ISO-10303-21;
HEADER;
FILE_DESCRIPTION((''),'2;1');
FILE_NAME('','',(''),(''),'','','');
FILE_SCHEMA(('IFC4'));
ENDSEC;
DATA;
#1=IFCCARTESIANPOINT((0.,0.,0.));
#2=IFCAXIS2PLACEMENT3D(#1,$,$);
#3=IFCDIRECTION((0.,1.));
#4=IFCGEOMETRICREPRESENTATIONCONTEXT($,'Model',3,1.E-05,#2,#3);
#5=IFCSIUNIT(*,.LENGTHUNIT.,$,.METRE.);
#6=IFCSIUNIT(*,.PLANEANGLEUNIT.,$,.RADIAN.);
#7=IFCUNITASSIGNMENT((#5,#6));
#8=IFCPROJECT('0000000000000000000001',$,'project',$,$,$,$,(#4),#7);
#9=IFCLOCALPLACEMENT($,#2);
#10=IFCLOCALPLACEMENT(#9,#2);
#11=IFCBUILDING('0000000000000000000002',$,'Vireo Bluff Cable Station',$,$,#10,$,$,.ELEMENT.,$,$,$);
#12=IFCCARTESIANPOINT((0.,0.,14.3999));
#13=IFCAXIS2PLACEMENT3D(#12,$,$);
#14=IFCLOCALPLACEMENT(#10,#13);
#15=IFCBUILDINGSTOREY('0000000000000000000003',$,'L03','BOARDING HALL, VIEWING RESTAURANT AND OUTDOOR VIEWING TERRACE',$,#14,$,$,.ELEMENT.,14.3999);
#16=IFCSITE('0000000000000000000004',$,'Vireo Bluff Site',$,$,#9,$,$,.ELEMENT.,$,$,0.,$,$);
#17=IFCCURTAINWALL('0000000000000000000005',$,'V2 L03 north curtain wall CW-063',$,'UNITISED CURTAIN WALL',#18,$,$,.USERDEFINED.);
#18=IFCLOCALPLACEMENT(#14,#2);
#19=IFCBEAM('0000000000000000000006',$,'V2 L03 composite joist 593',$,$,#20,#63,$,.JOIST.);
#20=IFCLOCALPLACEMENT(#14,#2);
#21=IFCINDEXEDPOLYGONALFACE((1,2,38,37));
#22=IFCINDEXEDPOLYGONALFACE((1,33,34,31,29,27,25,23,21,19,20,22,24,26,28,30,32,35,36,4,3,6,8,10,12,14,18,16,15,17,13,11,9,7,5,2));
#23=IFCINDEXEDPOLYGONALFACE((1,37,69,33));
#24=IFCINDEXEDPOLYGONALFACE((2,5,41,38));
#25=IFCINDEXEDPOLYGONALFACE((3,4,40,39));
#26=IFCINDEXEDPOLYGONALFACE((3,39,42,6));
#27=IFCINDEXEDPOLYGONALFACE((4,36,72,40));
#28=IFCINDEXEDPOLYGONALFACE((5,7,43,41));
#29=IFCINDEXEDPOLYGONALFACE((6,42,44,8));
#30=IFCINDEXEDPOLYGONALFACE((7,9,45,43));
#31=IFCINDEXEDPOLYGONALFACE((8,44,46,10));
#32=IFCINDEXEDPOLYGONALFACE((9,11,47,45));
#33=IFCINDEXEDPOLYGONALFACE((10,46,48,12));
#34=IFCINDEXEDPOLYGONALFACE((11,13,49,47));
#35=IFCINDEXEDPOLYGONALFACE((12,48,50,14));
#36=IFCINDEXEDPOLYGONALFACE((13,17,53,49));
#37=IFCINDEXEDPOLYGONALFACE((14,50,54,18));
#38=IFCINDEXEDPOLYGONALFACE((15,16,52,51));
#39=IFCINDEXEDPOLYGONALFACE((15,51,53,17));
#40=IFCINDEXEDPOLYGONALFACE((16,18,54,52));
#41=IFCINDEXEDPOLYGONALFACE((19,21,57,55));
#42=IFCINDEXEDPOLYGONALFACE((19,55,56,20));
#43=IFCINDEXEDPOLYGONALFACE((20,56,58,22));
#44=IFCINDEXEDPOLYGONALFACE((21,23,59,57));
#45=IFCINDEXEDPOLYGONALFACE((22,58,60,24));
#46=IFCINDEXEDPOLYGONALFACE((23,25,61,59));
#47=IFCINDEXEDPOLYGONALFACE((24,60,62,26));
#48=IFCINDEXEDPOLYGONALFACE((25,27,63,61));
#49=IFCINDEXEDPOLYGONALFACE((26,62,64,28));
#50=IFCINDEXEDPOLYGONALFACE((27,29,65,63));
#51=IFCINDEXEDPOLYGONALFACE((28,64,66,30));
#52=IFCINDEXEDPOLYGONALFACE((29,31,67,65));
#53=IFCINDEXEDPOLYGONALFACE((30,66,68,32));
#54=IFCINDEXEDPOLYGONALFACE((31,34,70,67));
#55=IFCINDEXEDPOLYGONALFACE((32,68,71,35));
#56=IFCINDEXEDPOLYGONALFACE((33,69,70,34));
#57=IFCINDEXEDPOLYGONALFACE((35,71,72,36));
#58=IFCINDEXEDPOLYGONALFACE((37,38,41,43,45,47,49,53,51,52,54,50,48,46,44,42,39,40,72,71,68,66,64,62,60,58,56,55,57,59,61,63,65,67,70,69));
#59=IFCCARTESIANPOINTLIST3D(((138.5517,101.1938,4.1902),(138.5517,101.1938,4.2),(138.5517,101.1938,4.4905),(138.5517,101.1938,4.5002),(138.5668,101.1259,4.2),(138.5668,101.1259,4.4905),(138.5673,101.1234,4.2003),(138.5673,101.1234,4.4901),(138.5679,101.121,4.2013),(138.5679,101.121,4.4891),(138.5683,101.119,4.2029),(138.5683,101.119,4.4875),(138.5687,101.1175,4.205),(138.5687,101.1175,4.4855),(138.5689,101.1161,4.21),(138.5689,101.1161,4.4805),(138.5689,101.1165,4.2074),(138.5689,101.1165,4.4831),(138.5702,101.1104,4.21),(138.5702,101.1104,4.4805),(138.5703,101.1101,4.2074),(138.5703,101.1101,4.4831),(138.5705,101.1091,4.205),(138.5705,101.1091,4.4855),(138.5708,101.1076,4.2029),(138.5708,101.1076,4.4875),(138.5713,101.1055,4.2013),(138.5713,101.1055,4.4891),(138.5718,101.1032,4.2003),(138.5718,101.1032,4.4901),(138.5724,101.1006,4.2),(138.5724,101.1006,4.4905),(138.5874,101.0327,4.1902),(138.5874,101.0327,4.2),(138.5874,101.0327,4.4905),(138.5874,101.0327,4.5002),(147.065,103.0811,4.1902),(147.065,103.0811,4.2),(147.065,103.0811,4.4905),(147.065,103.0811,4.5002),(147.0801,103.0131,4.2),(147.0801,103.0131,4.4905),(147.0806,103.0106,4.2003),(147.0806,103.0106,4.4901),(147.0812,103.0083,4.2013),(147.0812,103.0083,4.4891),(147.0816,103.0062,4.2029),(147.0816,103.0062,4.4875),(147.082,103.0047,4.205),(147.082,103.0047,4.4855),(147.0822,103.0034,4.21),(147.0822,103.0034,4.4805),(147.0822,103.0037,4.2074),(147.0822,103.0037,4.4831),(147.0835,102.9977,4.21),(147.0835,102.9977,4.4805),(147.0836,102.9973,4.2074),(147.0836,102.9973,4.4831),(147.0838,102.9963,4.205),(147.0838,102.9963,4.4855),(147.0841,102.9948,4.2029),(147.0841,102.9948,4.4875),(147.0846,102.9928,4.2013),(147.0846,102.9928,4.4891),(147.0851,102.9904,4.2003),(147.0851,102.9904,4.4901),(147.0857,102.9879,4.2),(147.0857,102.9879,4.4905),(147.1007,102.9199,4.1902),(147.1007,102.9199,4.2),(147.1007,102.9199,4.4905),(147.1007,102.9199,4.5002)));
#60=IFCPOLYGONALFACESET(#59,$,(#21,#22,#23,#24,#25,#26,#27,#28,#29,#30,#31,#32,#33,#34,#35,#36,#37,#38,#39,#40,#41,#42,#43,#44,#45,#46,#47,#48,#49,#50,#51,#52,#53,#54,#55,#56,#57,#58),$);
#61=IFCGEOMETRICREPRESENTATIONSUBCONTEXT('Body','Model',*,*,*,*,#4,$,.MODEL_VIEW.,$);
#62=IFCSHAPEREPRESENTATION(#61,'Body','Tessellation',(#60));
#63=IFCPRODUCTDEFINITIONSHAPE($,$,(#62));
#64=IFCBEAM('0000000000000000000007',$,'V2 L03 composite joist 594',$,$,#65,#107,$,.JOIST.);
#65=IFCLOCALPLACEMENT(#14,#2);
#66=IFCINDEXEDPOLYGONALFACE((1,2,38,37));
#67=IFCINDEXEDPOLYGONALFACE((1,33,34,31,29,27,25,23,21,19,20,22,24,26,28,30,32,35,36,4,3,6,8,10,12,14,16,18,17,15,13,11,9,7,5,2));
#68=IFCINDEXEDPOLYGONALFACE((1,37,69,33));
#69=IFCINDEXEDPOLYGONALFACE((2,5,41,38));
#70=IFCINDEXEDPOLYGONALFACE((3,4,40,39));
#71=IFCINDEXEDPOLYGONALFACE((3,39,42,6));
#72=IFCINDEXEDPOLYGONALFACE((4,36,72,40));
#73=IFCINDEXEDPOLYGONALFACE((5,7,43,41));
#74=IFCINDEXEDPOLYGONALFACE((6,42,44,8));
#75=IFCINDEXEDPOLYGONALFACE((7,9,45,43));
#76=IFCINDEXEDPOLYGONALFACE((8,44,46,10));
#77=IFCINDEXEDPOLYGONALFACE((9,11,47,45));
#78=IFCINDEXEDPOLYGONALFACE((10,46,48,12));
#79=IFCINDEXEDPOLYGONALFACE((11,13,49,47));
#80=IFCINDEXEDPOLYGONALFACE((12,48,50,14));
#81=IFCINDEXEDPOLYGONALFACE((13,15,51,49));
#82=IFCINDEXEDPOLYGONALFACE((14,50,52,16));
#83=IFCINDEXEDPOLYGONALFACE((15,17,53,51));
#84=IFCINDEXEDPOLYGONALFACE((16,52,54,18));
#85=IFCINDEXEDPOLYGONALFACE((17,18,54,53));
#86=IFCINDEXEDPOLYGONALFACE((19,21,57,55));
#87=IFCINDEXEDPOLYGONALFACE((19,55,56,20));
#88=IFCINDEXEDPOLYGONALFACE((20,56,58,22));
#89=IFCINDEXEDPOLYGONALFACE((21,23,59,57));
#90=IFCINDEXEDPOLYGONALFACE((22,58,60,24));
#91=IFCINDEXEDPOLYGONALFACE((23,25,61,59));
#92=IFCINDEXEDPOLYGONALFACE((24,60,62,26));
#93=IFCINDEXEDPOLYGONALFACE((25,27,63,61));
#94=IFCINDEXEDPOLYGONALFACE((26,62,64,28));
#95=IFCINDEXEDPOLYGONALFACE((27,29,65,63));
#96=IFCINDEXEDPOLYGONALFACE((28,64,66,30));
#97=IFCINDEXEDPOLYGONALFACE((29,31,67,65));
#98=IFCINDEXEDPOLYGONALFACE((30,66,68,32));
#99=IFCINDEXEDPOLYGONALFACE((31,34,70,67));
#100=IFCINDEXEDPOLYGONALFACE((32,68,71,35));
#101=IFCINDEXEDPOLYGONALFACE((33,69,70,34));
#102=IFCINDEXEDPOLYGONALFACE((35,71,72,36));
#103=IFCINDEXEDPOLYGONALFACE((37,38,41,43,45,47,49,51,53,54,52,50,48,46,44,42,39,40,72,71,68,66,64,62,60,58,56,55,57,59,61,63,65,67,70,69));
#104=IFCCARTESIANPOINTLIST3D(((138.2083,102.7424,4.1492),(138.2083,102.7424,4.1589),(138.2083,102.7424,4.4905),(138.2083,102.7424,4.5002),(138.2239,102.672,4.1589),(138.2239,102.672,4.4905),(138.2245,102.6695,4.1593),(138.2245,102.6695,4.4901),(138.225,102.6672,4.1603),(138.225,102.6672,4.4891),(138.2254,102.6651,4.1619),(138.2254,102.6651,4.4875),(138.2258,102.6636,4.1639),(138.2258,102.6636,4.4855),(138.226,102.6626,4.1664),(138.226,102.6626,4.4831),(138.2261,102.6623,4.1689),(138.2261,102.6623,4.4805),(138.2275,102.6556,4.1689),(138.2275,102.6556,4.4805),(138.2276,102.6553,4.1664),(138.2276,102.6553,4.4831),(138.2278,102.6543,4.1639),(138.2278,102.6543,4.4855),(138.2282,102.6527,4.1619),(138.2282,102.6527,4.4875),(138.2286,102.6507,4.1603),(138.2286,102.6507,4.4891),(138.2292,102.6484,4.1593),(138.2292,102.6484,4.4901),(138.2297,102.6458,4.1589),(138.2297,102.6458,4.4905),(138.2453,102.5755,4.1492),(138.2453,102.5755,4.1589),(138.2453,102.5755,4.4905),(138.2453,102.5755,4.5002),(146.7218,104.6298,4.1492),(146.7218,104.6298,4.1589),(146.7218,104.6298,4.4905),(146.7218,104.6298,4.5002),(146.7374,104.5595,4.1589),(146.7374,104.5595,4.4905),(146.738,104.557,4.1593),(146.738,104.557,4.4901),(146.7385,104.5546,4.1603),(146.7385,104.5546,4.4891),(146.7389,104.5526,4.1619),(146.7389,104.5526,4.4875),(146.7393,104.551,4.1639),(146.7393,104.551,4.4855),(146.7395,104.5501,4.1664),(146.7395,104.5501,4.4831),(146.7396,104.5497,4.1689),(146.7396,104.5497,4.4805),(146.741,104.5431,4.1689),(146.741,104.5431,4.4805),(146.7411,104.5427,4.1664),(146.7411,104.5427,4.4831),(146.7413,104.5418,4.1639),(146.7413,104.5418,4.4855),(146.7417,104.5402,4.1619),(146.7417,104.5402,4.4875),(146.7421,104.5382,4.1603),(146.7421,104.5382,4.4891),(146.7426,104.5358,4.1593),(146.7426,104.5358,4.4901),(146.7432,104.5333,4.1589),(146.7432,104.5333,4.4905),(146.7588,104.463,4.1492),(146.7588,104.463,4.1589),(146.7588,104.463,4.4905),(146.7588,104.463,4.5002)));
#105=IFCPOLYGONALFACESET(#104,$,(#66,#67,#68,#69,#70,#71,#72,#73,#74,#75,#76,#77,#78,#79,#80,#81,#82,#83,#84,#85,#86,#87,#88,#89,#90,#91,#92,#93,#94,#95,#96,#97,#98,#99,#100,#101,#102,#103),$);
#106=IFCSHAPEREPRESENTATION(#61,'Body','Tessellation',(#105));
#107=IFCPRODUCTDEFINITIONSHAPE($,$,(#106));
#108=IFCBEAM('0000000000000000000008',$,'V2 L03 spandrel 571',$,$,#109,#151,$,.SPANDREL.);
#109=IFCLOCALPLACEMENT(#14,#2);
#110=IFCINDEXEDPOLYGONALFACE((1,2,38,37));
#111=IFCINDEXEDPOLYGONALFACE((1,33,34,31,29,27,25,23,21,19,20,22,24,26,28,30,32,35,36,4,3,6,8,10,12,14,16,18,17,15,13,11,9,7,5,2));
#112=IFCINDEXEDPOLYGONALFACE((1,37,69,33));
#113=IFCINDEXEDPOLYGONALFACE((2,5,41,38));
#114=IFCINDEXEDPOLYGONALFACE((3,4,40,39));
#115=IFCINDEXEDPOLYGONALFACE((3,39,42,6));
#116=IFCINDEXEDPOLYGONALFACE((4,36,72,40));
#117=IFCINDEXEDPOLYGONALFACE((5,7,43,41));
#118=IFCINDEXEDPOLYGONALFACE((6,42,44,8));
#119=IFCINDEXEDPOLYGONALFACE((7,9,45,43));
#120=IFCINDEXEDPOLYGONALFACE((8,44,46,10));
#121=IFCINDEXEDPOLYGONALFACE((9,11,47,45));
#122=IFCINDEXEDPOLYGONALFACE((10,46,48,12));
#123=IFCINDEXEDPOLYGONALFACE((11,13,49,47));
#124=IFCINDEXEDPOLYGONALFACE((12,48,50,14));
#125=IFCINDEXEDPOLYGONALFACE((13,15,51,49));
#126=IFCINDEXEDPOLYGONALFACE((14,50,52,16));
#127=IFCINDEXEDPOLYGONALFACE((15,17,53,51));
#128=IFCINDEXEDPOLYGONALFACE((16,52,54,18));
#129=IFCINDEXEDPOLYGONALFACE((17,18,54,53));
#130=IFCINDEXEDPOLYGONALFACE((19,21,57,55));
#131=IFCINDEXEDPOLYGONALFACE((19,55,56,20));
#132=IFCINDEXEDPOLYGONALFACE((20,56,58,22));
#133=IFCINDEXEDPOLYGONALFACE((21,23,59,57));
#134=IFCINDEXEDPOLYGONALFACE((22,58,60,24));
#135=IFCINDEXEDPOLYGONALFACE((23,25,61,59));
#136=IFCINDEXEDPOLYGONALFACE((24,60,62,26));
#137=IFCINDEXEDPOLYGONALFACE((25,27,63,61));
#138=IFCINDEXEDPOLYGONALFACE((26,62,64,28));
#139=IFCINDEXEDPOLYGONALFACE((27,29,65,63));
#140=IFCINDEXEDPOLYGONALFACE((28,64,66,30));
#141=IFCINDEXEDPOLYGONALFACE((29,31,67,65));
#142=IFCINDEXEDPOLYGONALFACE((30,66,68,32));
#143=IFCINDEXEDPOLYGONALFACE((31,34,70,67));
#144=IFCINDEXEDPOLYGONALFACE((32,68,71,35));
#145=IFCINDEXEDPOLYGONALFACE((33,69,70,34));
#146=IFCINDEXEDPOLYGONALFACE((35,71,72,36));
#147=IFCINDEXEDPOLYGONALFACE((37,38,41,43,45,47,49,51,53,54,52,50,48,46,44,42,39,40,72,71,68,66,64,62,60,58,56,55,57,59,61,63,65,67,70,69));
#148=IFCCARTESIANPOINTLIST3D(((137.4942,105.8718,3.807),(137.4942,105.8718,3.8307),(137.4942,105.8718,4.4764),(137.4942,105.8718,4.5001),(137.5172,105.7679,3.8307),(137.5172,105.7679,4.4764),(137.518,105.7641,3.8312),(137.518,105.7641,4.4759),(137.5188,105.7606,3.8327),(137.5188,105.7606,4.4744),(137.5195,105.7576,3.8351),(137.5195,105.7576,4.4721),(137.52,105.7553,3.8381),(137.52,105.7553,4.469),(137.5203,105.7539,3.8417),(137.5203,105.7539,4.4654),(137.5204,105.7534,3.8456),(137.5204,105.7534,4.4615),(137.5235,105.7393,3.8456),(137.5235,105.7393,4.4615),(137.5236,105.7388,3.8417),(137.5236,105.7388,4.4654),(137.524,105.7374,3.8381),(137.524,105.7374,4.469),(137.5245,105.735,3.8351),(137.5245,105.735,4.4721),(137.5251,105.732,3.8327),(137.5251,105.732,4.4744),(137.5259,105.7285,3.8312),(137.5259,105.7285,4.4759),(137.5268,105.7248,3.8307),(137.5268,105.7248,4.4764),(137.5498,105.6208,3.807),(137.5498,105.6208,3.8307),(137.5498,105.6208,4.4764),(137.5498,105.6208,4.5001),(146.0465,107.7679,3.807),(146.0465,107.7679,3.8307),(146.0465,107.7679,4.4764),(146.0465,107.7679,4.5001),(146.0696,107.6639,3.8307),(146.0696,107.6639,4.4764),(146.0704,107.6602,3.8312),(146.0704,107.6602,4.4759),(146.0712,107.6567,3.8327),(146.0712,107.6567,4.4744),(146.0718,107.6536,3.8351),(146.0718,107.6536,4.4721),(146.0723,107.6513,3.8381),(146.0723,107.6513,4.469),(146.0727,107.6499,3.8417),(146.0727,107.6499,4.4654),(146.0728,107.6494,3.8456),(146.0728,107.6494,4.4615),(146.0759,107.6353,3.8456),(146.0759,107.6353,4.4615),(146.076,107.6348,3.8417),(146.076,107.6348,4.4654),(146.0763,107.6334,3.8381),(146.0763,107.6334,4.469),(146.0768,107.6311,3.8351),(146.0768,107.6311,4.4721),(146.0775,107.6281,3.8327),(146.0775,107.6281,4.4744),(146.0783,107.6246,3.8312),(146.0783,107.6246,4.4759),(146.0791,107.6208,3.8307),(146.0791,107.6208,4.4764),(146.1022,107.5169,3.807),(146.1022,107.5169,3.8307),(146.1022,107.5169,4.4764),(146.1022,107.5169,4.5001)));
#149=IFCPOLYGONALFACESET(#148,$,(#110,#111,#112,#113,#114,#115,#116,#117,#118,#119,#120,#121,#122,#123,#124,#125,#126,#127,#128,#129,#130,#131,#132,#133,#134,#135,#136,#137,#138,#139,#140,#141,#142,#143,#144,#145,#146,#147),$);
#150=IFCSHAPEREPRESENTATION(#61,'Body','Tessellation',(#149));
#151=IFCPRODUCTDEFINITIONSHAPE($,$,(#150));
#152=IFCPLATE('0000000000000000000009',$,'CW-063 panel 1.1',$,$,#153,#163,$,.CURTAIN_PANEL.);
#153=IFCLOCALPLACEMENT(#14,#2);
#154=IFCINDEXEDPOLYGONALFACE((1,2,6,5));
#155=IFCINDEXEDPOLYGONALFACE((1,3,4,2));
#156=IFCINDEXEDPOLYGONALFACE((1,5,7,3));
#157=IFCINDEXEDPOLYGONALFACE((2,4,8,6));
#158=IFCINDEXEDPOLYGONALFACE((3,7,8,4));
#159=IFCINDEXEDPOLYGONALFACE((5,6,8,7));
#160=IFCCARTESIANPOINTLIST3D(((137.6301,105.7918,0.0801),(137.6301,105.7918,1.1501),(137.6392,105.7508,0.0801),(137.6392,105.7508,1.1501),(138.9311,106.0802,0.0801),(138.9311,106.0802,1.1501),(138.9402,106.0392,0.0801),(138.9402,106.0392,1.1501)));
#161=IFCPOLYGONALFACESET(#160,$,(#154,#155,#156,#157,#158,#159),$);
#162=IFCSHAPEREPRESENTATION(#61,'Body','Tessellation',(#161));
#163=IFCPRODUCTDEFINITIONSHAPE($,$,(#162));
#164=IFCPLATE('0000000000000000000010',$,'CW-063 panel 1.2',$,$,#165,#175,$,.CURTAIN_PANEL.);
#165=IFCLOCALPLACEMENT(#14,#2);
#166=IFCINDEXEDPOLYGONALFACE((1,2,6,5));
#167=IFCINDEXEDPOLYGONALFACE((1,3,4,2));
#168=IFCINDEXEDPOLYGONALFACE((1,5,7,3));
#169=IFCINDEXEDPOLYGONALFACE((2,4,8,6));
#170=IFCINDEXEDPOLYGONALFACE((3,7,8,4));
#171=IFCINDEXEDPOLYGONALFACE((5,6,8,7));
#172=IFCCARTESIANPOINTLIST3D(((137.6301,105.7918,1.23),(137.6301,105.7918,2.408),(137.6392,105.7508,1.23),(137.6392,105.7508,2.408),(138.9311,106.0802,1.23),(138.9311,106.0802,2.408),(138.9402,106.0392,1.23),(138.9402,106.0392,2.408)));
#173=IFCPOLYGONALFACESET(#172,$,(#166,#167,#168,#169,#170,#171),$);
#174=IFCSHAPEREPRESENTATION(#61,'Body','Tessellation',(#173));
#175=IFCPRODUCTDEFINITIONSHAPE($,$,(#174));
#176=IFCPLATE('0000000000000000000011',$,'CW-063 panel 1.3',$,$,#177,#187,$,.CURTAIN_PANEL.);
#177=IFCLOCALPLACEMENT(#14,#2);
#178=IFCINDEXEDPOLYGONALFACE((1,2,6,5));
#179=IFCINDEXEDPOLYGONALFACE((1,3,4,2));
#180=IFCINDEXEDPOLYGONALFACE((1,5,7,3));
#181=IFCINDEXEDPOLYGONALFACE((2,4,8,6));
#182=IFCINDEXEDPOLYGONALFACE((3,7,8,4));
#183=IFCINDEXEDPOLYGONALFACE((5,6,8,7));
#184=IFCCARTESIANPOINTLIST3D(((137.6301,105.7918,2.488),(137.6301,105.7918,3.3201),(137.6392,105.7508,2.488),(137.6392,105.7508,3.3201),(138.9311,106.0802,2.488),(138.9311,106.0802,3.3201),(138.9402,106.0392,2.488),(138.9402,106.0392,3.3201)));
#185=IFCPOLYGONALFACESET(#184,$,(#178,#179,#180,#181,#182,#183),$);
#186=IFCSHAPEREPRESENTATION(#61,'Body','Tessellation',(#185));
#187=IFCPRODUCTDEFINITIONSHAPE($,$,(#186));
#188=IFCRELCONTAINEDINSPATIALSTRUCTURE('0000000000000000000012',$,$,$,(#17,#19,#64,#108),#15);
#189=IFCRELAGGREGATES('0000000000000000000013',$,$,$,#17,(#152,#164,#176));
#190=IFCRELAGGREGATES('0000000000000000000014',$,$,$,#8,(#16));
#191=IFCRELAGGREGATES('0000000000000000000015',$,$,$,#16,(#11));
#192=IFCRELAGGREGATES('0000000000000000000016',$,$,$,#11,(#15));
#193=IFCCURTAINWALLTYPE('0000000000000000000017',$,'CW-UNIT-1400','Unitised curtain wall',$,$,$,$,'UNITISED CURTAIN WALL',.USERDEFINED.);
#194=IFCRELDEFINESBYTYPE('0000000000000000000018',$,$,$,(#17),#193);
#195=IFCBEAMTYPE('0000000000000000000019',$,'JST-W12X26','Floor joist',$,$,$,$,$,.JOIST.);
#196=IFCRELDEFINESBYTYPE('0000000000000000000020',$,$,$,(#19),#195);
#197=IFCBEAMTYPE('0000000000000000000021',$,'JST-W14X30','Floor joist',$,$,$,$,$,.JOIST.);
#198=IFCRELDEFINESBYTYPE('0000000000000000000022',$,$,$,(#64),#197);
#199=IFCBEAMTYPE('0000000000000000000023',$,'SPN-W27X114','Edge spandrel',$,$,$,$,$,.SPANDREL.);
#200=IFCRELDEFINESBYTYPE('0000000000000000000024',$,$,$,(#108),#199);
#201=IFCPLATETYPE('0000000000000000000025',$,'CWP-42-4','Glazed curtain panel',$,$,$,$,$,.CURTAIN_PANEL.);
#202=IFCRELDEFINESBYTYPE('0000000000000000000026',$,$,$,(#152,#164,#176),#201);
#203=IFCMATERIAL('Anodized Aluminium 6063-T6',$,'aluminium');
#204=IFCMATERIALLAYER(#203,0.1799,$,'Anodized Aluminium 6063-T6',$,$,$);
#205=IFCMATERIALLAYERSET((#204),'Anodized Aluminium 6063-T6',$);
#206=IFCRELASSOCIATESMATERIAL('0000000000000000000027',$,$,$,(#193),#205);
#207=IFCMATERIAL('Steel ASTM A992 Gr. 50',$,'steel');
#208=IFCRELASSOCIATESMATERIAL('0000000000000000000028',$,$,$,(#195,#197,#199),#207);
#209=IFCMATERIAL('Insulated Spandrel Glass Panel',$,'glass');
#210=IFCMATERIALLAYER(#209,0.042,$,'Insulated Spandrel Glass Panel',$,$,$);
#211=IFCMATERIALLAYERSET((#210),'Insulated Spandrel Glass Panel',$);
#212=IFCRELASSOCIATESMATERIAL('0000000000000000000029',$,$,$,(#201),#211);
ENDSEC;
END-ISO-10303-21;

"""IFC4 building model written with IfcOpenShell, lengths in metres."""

from ifc_helpers import new_model, si_unit, direction, frame, origin, origin_2d, place, context, subcontext, project, spatial, rectangle, i_section, extrude, material, layer, layer_set, material_profile, profile_set, type_object, element, aggregate, save


model = new_model("IFC4")

# Units and contexts
model_context = context("Model", 3, precision=1e-05, world=origin(), true_north=direction((0.0, 1.0)))
body_context = subcontext(model_context, "Body", "Model", "MODEL_VIEW")
ifc_project = project(units=[si_unit("LENGTHUNIT", "METRE"), si_unit("PLANEANGLEUNIT", "RADIAN")], contexts=[model_context])

# Site, building, storey
site_placement = place(None, origin())
site = spatial("IfcSite", under=ifc_project, at=site_placement, Name="Vireo Bluff Site", CompositionType="ELEMENT", RefElevation=0.0)
building_placement = place(site_placement, origin())
building = spatial("IfcBuilding", under=site, at=building_placement, Name="Vireo Bluff Cable Station", CompositionType="ELEMENT")
storey_placement = place(building_placement, frame((0.0, 0.0, 14.3999)))
storey = spatial("IfcBuildingStorey", under=building, at=storey_placement, Name="L03", Description="BOARDING HALL, VIEWING RESTAURANT AND OUTDOOR VIEWING TERRACE", CompositionType="ELEMENT", Elevation=14.3999)

# Shared definitions
ifc_material_1 = material(Name="Steel ASTM A992 Gr. 50", Category="steel")

# Shared definitions
ifc_material_2 = material(Name="Anodized Aluminium 6063-T6", Category="aluminium")

# Curtain wall
ifc_layer_1 = layer(ifc_material_2, 0.1799, Name="Anodized Aluminium 6063-T6")
ifc_layer_set_1 = layer_set([ifc_layer_1], Name="Anodized Aluminium 6063-T6")
curtain_wall_type_1 = type_object("IfcCurtainWallType", Name="CW-UNIT-1400", Description="Unitised curtain wall", ElementType="UNITISED CURTAIN WALL", PredefinedType="USERDEFINED", material=ifc_layer_set_1)
curtain_wall_1_placement = place(storey_placement, origin())
curtain_wall_1 = element("IfcCurtainWall", 1, at=curtain_wall_1_placement, inside=storey, type_object=curtain_wall_type_1, Name="V2 L03 north curtain wall CW-063", ObjectType="UNITISED CURTAIN WALL", PredefinedType="USERDEFINED")

# Beams
ifc_material_profile_1 = material_profile(ifc_material_1, i_section(OverallWidth=0.165, OverallDepth=0.3101, WebThickness=0.0059, FlangeThickness=0.0098, FilletRadius=0.01, at=origin_2d()), Name="W12X26")
ifc_profile_set_1 = profile_set([ifc_material_profile_1], Name="Steel ASTM A992 Gr. 50")
beam_type_1 = type_object("IfcBeamType", Name="JST-W12X26", Description="Floor joist", PredefinedType="JOIST", material=ifc_profile_set_1)
beam_1_placement = place(storey_placement, frame((138.5696, 101.1133, 4.3452), z_axis=(0.976299, 0.216426, 0.0), x_axis=(-0.216426, 0.976299, 0.0)))
element("IfcBeam", 2, at=beam_1_placement, inside=storey, type_object=beam_type_1, Name="V2 L03 composite joist 593", PredefinedType="JOIST", context=body_context, shape_type="SweptSolid", body=[
    extrude(i_section(OverallWidth=0.165, OverallDepth=0.3101, WebThickness=0.0059, FlangeThickness=0.0098, FilletRadius=0.01, at=origin_2d()), origin(), (0.0, 0.0, 1.0), 8.72),
])
ifc_material_profile_2 = material_profile(ifc_material_1, i_section(OverallWidth=0.1709, OverallDepth=0.3511, WebThickness=0.0068, FlangeThickness=0.0098, FilletRadius=0.01, at=origin_2d()), Name="W14X30")
ifc_profile_set_2 = profile_set([ifc_material_profile_2], Name="Steel ASTM A992 Gr. 50")
beam_type_2 = type_object("IfcBeamType", Name="JST-W14X30", Description="Floor joist", PredefinedType="JOIST", material=ifc_profile_set_2)
beam_2_placement = place(storey_placement, frame((138.2268, 102.6589, 4.3247), z_axis=(0.976294, 0.216447, 0.0), x_axis=(-0.216447, 0.976294, 0.0)))
element("IfcBeam", 3, at=beam_2_placement, inside=storey, type_object=beam_type_2, Name="V2 L03 composite joist 594", PredefinedType="JOIST", context=body_context, shape_type="SweptSolid", body=[
    extrude(i_section(OverallWidth=0.1709, OverallDepth=0.3511, WebThickness=0.0068, FlangeThickness=0.0098, FilletRadius=0.01, at=origin_2d()), origin(), (0.0, 0.0, 1.0), 8.7202),
])
ifc_material_profile_3 = material_profile(ifc_material_1, i_section(OverallWidth=0.2571, OverallDepth=0.6931, WebThickness=0.0144, FlangeThickness=0.0237, FilletRadius=0.0149, at=origin_2d()), Name="W27X114")
ifc_profile_set_3 = profile_set([ifc_material_profile_3], Name="Steel ASTM A992 Gr. 50")
beam_type_3 = type_object("IfcBeamType", Name="SPN-W27X114", Description="Edge spandrel", PredefinedType="SPANDREL", material=ifc_profile_set_3)
beam_3_placement = place(storey_placement, frame((137.522, 105.7463, 4.1536), z_axis=(0.976296, 0.216441, 0.0), x_axis=(-0.216441, 0.976296, 0.0)))
element("IfcBeam", 4, at=beam_3_placement, inside=storey, type_object=beam_type_3, Name="V2 L03 spandrel 571", PredefinedType="SPANDREL", context=body_context, shape_type="SweptSolid", body=[
    extrude(i_section(OverallWidth=0.2571, OverallDepth=0.6931, WebThickness=0.0144, FlangeThickness=0.0237, FilletRadius=0.0149, at=origin_2d()), origin(), (0.0, 0.0, 1.0), 8.76),
])

# Plates
ifc_material_3 = material(Name="Insulated Spandrel Glass Panel", Category="glass")
ifc_layer_2 = layer(ifc_material_3, 0.042, Name="Insulated Spandrel Glass Panel")
ifc_layer_set_2 = layer_set([ifc_layer_2], Name="Insulated Spandrel Glass Panel")
plate_type_1 = type_object("IfcPlateType", Name="CWP-42-4", Description="Glazed curtain panel", PredefinedType="CURTAIN_PANEL", material=ifc_layer_set_2)
plate_1_placement = place(storey_placement, frame((138.2852, 105.9155, 0.0801), z_axis=(0.0, 0.0, 1.0), x_axis=(0.976296, 0.21644, 0.0)))
plate_1 = element("IfcPlate", 5, at=plate_1_placement, type_object=plate_type_1, Name="CW-063 panel 1.1", PredefinedType="CURTAIN_PANEL", context=body_context, shape_type="SweptSolid", body=[
    extrude(rectangle(XDim=1.3325, YDim=0.042, at=origin_2d()), origin(), (0.0, 0.0, 1.0), 1.0701),
])
plate_2_placement = place(storey_placement, frame((138.2852, 105.9155, 1.23), z_axis=(0.0, 0.0, 1.0), x_axis=(0.976296, 0.21644, 0.0)))
plate_2 = element("IfcPlate", 6, at=plate_2_placement, type_object=plate_type_1, Name="CW-063 panel 1.2", PredefinedType="CURTAIN_PANEL", context=body_context, shape_type="SweptSolid", body=[
    extrude(rectangle(XDim=1.3325, YDim=0.042, at=origin_2d()), origin(), (0.0, 0.0, 1.0), 1.178),
])
plate_3_placement = place(storey_placement, frame((138.2852, 105.9155, 2.488), z_axis=(0.0, 0.0, 1.0), x_axis=(0.976296, 0.21644, 0.0)))
plate_3 = element("IfcPlate", 7, at=plate_3_placement, type_object=plate_type_1, Name="CW-063 panel 1.3", PredefinedType="CURTAIN_PANEL", context=body_context, shape_type="SweptSolid", body=[
    extrude(rectangle(XDim=1.3325, YDim=0.042, at=origin_2d()), origin(), (0.0, 0.0, 1.0), 0.832),
])
aggregate(curtain_wall_1, [plate_1, plate_2, plate_3])

save(model, "model.ifc")
